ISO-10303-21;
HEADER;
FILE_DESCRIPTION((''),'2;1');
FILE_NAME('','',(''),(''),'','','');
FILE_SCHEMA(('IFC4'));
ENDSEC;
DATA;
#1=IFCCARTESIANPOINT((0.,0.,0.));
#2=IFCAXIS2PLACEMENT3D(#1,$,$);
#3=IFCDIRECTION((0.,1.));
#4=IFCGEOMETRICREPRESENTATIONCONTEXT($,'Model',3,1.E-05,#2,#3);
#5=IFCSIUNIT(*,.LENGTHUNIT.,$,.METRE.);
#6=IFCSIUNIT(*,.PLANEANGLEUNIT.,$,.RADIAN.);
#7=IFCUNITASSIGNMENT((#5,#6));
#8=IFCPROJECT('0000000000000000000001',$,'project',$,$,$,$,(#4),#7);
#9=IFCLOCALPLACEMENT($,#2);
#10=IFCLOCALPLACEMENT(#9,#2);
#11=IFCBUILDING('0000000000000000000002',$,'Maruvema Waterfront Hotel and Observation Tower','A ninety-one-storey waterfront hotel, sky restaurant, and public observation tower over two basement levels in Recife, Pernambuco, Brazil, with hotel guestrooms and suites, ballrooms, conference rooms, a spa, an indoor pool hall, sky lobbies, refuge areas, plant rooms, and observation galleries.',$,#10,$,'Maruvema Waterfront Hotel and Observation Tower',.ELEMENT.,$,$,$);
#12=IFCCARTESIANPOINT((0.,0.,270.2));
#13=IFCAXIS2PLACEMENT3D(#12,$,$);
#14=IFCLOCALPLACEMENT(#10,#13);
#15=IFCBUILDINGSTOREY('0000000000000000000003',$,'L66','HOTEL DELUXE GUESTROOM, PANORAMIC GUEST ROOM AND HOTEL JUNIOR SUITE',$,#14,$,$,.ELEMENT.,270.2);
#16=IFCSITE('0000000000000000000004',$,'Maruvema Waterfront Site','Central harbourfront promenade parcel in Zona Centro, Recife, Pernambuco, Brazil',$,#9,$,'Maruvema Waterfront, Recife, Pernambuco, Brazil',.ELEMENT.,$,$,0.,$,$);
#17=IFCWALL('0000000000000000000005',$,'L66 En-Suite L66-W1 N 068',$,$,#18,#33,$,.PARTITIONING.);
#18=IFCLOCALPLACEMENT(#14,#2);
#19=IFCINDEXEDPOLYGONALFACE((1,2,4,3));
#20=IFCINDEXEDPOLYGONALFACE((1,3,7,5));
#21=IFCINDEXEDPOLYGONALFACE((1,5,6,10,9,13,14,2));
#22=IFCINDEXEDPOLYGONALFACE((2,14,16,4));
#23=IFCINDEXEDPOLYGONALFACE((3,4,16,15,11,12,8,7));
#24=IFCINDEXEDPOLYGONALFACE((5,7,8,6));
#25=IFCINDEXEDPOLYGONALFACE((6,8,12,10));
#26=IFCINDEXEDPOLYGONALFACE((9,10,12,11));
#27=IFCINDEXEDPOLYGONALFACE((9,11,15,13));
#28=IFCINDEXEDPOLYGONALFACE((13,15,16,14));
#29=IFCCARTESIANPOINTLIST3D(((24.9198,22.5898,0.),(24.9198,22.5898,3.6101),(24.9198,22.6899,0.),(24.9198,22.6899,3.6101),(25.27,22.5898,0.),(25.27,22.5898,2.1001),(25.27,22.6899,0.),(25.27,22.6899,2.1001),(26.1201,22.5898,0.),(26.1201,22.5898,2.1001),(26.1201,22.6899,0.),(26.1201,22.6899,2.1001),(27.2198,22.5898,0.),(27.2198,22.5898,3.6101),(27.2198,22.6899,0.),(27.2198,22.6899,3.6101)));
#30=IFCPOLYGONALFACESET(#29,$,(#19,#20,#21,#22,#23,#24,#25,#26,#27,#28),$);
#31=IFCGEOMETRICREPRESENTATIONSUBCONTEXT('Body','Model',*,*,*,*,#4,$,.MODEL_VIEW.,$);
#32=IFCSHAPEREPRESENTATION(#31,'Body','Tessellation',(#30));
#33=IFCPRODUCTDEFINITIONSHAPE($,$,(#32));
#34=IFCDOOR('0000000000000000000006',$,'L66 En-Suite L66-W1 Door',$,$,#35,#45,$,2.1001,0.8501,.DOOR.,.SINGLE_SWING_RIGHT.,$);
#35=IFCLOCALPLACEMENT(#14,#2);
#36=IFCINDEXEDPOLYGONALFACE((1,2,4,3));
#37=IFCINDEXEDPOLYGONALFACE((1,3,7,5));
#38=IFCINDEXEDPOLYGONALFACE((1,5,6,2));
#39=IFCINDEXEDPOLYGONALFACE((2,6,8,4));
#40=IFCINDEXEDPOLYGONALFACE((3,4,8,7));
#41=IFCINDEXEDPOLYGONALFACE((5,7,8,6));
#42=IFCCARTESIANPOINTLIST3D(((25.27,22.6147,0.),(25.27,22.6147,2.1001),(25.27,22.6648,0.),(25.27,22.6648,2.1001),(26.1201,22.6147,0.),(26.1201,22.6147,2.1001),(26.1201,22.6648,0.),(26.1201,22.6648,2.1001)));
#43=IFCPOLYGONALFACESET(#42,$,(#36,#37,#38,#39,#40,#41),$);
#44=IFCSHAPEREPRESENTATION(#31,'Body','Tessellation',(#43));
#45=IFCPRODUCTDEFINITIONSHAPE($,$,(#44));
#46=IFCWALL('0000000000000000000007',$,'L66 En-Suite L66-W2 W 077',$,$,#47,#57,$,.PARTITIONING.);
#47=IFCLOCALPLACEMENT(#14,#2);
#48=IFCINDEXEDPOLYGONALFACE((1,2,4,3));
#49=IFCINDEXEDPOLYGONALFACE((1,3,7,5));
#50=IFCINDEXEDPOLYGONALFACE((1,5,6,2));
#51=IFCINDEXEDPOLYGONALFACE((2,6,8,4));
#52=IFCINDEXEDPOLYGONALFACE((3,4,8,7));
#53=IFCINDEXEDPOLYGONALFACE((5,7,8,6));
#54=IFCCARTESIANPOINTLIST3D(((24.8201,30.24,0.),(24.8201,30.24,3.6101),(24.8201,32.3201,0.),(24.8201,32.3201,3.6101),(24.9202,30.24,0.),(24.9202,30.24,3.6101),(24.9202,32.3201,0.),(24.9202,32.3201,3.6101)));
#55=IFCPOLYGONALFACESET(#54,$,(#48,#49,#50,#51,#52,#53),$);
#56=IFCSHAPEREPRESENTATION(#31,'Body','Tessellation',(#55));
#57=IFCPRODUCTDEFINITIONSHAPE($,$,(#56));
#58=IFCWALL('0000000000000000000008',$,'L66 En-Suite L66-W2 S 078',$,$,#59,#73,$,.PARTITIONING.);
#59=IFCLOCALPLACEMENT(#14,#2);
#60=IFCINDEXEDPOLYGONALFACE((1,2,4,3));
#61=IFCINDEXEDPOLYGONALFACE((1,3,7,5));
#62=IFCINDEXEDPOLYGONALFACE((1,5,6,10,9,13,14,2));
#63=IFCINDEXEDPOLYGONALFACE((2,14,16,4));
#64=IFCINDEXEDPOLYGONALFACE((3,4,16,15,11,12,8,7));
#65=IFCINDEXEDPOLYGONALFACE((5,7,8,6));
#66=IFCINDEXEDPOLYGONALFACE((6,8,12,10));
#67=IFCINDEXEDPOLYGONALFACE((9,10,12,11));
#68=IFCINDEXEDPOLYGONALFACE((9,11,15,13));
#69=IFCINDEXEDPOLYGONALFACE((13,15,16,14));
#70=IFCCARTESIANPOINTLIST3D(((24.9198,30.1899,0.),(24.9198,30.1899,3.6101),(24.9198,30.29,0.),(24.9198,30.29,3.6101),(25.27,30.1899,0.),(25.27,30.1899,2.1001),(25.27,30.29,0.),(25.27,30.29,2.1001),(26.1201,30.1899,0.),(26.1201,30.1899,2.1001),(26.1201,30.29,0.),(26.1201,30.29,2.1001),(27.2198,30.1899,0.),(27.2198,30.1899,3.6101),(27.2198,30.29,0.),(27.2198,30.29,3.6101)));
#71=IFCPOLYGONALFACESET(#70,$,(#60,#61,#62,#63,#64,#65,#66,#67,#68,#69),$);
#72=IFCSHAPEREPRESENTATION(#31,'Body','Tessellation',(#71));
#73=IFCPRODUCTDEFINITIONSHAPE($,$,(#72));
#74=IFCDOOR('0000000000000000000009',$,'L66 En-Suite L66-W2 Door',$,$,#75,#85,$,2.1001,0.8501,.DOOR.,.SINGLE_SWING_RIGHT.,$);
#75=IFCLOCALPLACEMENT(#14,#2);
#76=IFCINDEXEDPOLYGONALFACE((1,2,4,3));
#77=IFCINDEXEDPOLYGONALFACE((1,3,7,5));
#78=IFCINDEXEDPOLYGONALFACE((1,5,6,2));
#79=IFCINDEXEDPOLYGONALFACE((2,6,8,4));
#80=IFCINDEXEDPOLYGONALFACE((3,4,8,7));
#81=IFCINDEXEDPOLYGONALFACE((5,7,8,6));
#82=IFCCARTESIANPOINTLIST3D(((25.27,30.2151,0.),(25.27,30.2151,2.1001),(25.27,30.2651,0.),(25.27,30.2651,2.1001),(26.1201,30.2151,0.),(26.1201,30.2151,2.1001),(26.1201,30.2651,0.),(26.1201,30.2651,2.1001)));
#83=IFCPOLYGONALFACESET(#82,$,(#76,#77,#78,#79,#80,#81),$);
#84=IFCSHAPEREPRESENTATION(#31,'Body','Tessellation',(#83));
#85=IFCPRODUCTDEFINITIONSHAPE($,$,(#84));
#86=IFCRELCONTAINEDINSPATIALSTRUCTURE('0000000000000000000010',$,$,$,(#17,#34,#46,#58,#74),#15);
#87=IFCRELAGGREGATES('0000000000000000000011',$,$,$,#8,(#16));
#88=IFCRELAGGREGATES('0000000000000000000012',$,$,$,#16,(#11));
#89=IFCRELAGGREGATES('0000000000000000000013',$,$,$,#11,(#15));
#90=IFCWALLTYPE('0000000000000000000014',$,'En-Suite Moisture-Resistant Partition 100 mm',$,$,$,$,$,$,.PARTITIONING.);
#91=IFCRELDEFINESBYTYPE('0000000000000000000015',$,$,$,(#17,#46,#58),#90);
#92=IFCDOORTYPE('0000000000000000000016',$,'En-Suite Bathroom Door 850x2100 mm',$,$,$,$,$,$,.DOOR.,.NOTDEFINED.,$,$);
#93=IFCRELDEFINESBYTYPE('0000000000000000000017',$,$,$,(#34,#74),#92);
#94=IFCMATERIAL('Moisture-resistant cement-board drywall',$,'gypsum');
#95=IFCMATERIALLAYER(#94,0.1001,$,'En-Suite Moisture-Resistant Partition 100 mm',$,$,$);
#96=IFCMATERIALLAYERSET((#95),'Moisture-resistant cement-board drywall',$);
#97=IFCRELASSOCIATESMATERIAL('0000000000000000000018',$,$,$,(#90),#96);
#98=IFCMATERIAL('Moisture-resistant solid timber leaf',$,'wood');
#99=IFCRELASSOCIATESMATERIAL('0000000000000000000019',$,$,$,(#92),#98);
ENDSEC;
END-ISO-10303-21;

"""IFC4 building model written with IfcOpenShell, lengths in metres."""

from ifc_helpers import new_model, si_unit, direction, frame, frame_2d, origin, place, context, subcontext, project, spatial, rectangle, extrude, material, layer, layer_set, type_object, element, fill, save


model = new_model("IFC4")

# Units and contexts
model_context = context("Model", 3, precision=1e-05, world=origin(), true_north=direction((0.0, 1.0)))
body_context = subcontext(model_context, "Body", "Model", "MODEL_VIEW")
ifc_project = project(units=[si_unit("LENGTHUNIT", "METRE"), si_unit("PLANEANGLEUNIT", "RADIAN")], contexts=[model_context])

# Site, building, storey
site_placement = place(None, origin())
site = spatial("IfcSite", under=ifc_project, at=site_placement, Name="Maruvema Waterfront Site", Description="Central harbourfront promenade parcel in Zona Centro, Recife, Pernambuco, Brazil", LongName="Maruvema Waterfront, Recife, Pernambuco, Brazil", CompositionType="ELEMENT", RefElevation=0.0)
building_placement = place(site_placement, origin())
building = spatial("IfcBuilding", under=site, at=building_placement, Name="Maruvema Waterfront Hotel and Observation Tower", Description="A ninety-one-storey waterfront hotel, sky restaurant, and public observation tower over two basement levels in Recife, Pernambuco, Brazil, with hotel guestrooms and suites, ballrooms, conference rooms, a spa, an indoor pool hall, sky lobbies, refuge areas, plant rooms, and observation galleries.", LongName="Maruvema Waterfront Hotel and Observation Tower", CompositionType="ELEMENT")
storey_placement = place(building_placement, frame((0.0, 0.0, 270.2)))
storey = spatial("IfcBuildingStorey", under=building, at=storey_placement, Name="L66", Description="HOTEL DELUXE GUESTROOM, PANORAMIC GUEST ROOM AND HOTEL JUNIOR SUITE", CompositionType="ELEMENT", Elevation=270.2)

# Shared definitions
ifc_material_1 = material(Name="Moisture-resistant cement-board drywall", Category="gypsum")
ifc_layer_1 = layer(ifc_material_1, 0.1001, Name="En-Suite Moisture-Resistant Partition 100 mm")
ifc_layer_set_1 = layer_set([ifc_layer_1], Name="Moisture-resistant cement-board drywall")
wall_type_1 = type_object("IfcWallType", Name="En-Suite Moisture-Resistant Partition 100 mm", PredefinedType="PARTITIONING", material=ifc_layer_set_1)

# Wall, opening, door
wall_1_placement = place(storey_placement, frame((24.9199, 22.6399, 0.0), z_axis=(0.0, 0.0, 1.0), x_axis=(1.0, 0.0, 0.0)))
wall_1 = element("IfcWall", 1, at=wall_1_placement, inside=storey, type_object=wall_type_1, Name="L66 En-Suite L66-W1 N 068", PredefinedType="PARTITIONING", context=body_context, shape_type="SweptSolid", body=[
    extrude(rectangle(XDim=2.3, YDim=0.1001, at=frame_2d((1.1499, 0.0))), origin(), (0.0, 0.0, 1.0), 3.6101),
])
opening_1_placement = place(wall_1_placement, frame((0.3501, 0.0, 0.0)))
opening_1 = element("IfcOpeningElement", 2, at=opening_1_placement, cuts=wall_1, PredefinedType="OPENING", context=body_context, shape_type="SweptSolid", body=[
    extrude(rectangle(XDim=0.8501, YDim=2.1001, at=frame_2d((0.425, 1.05))), frame((0.0, 0.0601, 0.0), z_axis=(0.0, -1.0, 0.0), x_axis=(1.0, 0.0, 0.0)), (0.0, 0.0, 1.0), 0.1201),
])
ifc_material_2 = material(Name="Moisture-resistant solid timber leaf", Category="wood")
door_type_1 = type_object("IfcDoorType", Name="En-Suite Bathroom Door 850x2100 mm", OperationType="NOTDEFINED", PredefinedType="DOOR", material=ifc_material_2)
door_1_placement = place(opening_1_placement, origin())
door_1 = element("IfcDoor", 3, at=door_1_placement, inside=storey, type_object=door_type_1, Name="L66 En-Suite L66-W1 Door", OperationType="SINGLE_SWING_RIGHT", OverallHeight=2.1001, OverallWidth=0.8501, PredefinedType="DOOR", context=body_context, shape_type="SweptSolid", body=[
    extrude(rectangle(XDim=0.8501, YDim=2.1001, at=frame_2d((0.425, 1.05))), frame((0.0, 0.0249, 0.0), z_axis=(0.0, -1.0, 0.0), x_axis=(1.0, 0.0, 0.0)), (0.0, 0.0, 1.0), 0.05),
])
fill(opening_1, door_1)

# Wall
wall_2_placement = place(storey_placement, frame((24.8701, 30.24, 0.0), z_axis=(0.0, 0.0, 1.0), x_axis=(0.0, 1.0, 0.0)))
element("IfcWall", 4, at=wall_2_placement, inside=storey, type_object=wall_type_1, Name="L66 En-Suite L66-W2 W 077", PredefinedType="PARTITIONING", context=body_context, shape_type="SweptSolid", body=[
    extrude(rectangle(XDim=2.0801, YDim=0.1001, at=frame_2d((1.04, 0.0))), origin(), (0.0, 0.0, 1.0), 3.6101),
])

# Wall, opening, door
wall_3_placement = place(storey_placement, frame((24.9199, 30.24, 0.0), z_axis=(0.0, 0.0, 1.0), x_axis=(1.0, 0.0, 0.0)))
wall_3 = element("IfcWall", 5, at=wall_3_placement, inside=storey, type_object=wall_type_1, Name="L66 En-Suite L66-W2 S 078", PredefinedType="PARTITIONING", context=body_context, shape_type="SweptSolid", body=[
    extrude(rectangle(XDim=2.3, YDim=0.1001, at=frame_2d((1.1499, 0.0))), origin(), (0.0, 0.0, 1.0), 3.6101),
])
opening_2_placement = place(wall_3_placement, frame((0.3501, 0.0, 0.0)))
opening_2 = element("IfcOpeningElement", 6, at=opening_2_placement, cuts=wall_3, PredefinedType="OPENING", context=body_context, shape_type="SweptSolid", body=[
    extrude(rectangle(XDim=0.8501, YDim=2.1001, at=frame_2d((0.425, 1.05))), frame((0.0, 0.0601, 0.0), z_axis=(0.0, -1.0, 0.0), x_axis=(1.0, 0.0, 0.0)), (0.0, 0.0, 1.0), 0.1201),
])
door_2_placement = place(opening_2_placement, frame((0.8501, 0.0, 0.0), z_axis=(0.0, 0.0, 1.0), x_axis=(-1.0, 0.0, 0.0)))
door_2 = element("IfcDoor", 7, at=door_2_placement, inside=storey, type_object=door_type_1, Name="L66 En-Suite L66-W2 Door", OperationType="SINGLE_SWING_RIGHT", OverallHeight=2.1001, OverallWidth=0.8501, PredefinedType="DOOR", context=body_context, shape_type="SweptSolid", body=[
    extrude(rectangle(XDim=0.8501, YDim=2.1001, at=frame_2d((0.425, 1.05))), frame((0.0, 0.0249, 0.0), z_axis=(0.0, -1.0, 0.0), x_axis=(1.0, 0.0, 0.0)), (0.0, 0.0, 1.0), 0.05),
])
fill(opening_2, door_2)

save(model, "model.ifc")
